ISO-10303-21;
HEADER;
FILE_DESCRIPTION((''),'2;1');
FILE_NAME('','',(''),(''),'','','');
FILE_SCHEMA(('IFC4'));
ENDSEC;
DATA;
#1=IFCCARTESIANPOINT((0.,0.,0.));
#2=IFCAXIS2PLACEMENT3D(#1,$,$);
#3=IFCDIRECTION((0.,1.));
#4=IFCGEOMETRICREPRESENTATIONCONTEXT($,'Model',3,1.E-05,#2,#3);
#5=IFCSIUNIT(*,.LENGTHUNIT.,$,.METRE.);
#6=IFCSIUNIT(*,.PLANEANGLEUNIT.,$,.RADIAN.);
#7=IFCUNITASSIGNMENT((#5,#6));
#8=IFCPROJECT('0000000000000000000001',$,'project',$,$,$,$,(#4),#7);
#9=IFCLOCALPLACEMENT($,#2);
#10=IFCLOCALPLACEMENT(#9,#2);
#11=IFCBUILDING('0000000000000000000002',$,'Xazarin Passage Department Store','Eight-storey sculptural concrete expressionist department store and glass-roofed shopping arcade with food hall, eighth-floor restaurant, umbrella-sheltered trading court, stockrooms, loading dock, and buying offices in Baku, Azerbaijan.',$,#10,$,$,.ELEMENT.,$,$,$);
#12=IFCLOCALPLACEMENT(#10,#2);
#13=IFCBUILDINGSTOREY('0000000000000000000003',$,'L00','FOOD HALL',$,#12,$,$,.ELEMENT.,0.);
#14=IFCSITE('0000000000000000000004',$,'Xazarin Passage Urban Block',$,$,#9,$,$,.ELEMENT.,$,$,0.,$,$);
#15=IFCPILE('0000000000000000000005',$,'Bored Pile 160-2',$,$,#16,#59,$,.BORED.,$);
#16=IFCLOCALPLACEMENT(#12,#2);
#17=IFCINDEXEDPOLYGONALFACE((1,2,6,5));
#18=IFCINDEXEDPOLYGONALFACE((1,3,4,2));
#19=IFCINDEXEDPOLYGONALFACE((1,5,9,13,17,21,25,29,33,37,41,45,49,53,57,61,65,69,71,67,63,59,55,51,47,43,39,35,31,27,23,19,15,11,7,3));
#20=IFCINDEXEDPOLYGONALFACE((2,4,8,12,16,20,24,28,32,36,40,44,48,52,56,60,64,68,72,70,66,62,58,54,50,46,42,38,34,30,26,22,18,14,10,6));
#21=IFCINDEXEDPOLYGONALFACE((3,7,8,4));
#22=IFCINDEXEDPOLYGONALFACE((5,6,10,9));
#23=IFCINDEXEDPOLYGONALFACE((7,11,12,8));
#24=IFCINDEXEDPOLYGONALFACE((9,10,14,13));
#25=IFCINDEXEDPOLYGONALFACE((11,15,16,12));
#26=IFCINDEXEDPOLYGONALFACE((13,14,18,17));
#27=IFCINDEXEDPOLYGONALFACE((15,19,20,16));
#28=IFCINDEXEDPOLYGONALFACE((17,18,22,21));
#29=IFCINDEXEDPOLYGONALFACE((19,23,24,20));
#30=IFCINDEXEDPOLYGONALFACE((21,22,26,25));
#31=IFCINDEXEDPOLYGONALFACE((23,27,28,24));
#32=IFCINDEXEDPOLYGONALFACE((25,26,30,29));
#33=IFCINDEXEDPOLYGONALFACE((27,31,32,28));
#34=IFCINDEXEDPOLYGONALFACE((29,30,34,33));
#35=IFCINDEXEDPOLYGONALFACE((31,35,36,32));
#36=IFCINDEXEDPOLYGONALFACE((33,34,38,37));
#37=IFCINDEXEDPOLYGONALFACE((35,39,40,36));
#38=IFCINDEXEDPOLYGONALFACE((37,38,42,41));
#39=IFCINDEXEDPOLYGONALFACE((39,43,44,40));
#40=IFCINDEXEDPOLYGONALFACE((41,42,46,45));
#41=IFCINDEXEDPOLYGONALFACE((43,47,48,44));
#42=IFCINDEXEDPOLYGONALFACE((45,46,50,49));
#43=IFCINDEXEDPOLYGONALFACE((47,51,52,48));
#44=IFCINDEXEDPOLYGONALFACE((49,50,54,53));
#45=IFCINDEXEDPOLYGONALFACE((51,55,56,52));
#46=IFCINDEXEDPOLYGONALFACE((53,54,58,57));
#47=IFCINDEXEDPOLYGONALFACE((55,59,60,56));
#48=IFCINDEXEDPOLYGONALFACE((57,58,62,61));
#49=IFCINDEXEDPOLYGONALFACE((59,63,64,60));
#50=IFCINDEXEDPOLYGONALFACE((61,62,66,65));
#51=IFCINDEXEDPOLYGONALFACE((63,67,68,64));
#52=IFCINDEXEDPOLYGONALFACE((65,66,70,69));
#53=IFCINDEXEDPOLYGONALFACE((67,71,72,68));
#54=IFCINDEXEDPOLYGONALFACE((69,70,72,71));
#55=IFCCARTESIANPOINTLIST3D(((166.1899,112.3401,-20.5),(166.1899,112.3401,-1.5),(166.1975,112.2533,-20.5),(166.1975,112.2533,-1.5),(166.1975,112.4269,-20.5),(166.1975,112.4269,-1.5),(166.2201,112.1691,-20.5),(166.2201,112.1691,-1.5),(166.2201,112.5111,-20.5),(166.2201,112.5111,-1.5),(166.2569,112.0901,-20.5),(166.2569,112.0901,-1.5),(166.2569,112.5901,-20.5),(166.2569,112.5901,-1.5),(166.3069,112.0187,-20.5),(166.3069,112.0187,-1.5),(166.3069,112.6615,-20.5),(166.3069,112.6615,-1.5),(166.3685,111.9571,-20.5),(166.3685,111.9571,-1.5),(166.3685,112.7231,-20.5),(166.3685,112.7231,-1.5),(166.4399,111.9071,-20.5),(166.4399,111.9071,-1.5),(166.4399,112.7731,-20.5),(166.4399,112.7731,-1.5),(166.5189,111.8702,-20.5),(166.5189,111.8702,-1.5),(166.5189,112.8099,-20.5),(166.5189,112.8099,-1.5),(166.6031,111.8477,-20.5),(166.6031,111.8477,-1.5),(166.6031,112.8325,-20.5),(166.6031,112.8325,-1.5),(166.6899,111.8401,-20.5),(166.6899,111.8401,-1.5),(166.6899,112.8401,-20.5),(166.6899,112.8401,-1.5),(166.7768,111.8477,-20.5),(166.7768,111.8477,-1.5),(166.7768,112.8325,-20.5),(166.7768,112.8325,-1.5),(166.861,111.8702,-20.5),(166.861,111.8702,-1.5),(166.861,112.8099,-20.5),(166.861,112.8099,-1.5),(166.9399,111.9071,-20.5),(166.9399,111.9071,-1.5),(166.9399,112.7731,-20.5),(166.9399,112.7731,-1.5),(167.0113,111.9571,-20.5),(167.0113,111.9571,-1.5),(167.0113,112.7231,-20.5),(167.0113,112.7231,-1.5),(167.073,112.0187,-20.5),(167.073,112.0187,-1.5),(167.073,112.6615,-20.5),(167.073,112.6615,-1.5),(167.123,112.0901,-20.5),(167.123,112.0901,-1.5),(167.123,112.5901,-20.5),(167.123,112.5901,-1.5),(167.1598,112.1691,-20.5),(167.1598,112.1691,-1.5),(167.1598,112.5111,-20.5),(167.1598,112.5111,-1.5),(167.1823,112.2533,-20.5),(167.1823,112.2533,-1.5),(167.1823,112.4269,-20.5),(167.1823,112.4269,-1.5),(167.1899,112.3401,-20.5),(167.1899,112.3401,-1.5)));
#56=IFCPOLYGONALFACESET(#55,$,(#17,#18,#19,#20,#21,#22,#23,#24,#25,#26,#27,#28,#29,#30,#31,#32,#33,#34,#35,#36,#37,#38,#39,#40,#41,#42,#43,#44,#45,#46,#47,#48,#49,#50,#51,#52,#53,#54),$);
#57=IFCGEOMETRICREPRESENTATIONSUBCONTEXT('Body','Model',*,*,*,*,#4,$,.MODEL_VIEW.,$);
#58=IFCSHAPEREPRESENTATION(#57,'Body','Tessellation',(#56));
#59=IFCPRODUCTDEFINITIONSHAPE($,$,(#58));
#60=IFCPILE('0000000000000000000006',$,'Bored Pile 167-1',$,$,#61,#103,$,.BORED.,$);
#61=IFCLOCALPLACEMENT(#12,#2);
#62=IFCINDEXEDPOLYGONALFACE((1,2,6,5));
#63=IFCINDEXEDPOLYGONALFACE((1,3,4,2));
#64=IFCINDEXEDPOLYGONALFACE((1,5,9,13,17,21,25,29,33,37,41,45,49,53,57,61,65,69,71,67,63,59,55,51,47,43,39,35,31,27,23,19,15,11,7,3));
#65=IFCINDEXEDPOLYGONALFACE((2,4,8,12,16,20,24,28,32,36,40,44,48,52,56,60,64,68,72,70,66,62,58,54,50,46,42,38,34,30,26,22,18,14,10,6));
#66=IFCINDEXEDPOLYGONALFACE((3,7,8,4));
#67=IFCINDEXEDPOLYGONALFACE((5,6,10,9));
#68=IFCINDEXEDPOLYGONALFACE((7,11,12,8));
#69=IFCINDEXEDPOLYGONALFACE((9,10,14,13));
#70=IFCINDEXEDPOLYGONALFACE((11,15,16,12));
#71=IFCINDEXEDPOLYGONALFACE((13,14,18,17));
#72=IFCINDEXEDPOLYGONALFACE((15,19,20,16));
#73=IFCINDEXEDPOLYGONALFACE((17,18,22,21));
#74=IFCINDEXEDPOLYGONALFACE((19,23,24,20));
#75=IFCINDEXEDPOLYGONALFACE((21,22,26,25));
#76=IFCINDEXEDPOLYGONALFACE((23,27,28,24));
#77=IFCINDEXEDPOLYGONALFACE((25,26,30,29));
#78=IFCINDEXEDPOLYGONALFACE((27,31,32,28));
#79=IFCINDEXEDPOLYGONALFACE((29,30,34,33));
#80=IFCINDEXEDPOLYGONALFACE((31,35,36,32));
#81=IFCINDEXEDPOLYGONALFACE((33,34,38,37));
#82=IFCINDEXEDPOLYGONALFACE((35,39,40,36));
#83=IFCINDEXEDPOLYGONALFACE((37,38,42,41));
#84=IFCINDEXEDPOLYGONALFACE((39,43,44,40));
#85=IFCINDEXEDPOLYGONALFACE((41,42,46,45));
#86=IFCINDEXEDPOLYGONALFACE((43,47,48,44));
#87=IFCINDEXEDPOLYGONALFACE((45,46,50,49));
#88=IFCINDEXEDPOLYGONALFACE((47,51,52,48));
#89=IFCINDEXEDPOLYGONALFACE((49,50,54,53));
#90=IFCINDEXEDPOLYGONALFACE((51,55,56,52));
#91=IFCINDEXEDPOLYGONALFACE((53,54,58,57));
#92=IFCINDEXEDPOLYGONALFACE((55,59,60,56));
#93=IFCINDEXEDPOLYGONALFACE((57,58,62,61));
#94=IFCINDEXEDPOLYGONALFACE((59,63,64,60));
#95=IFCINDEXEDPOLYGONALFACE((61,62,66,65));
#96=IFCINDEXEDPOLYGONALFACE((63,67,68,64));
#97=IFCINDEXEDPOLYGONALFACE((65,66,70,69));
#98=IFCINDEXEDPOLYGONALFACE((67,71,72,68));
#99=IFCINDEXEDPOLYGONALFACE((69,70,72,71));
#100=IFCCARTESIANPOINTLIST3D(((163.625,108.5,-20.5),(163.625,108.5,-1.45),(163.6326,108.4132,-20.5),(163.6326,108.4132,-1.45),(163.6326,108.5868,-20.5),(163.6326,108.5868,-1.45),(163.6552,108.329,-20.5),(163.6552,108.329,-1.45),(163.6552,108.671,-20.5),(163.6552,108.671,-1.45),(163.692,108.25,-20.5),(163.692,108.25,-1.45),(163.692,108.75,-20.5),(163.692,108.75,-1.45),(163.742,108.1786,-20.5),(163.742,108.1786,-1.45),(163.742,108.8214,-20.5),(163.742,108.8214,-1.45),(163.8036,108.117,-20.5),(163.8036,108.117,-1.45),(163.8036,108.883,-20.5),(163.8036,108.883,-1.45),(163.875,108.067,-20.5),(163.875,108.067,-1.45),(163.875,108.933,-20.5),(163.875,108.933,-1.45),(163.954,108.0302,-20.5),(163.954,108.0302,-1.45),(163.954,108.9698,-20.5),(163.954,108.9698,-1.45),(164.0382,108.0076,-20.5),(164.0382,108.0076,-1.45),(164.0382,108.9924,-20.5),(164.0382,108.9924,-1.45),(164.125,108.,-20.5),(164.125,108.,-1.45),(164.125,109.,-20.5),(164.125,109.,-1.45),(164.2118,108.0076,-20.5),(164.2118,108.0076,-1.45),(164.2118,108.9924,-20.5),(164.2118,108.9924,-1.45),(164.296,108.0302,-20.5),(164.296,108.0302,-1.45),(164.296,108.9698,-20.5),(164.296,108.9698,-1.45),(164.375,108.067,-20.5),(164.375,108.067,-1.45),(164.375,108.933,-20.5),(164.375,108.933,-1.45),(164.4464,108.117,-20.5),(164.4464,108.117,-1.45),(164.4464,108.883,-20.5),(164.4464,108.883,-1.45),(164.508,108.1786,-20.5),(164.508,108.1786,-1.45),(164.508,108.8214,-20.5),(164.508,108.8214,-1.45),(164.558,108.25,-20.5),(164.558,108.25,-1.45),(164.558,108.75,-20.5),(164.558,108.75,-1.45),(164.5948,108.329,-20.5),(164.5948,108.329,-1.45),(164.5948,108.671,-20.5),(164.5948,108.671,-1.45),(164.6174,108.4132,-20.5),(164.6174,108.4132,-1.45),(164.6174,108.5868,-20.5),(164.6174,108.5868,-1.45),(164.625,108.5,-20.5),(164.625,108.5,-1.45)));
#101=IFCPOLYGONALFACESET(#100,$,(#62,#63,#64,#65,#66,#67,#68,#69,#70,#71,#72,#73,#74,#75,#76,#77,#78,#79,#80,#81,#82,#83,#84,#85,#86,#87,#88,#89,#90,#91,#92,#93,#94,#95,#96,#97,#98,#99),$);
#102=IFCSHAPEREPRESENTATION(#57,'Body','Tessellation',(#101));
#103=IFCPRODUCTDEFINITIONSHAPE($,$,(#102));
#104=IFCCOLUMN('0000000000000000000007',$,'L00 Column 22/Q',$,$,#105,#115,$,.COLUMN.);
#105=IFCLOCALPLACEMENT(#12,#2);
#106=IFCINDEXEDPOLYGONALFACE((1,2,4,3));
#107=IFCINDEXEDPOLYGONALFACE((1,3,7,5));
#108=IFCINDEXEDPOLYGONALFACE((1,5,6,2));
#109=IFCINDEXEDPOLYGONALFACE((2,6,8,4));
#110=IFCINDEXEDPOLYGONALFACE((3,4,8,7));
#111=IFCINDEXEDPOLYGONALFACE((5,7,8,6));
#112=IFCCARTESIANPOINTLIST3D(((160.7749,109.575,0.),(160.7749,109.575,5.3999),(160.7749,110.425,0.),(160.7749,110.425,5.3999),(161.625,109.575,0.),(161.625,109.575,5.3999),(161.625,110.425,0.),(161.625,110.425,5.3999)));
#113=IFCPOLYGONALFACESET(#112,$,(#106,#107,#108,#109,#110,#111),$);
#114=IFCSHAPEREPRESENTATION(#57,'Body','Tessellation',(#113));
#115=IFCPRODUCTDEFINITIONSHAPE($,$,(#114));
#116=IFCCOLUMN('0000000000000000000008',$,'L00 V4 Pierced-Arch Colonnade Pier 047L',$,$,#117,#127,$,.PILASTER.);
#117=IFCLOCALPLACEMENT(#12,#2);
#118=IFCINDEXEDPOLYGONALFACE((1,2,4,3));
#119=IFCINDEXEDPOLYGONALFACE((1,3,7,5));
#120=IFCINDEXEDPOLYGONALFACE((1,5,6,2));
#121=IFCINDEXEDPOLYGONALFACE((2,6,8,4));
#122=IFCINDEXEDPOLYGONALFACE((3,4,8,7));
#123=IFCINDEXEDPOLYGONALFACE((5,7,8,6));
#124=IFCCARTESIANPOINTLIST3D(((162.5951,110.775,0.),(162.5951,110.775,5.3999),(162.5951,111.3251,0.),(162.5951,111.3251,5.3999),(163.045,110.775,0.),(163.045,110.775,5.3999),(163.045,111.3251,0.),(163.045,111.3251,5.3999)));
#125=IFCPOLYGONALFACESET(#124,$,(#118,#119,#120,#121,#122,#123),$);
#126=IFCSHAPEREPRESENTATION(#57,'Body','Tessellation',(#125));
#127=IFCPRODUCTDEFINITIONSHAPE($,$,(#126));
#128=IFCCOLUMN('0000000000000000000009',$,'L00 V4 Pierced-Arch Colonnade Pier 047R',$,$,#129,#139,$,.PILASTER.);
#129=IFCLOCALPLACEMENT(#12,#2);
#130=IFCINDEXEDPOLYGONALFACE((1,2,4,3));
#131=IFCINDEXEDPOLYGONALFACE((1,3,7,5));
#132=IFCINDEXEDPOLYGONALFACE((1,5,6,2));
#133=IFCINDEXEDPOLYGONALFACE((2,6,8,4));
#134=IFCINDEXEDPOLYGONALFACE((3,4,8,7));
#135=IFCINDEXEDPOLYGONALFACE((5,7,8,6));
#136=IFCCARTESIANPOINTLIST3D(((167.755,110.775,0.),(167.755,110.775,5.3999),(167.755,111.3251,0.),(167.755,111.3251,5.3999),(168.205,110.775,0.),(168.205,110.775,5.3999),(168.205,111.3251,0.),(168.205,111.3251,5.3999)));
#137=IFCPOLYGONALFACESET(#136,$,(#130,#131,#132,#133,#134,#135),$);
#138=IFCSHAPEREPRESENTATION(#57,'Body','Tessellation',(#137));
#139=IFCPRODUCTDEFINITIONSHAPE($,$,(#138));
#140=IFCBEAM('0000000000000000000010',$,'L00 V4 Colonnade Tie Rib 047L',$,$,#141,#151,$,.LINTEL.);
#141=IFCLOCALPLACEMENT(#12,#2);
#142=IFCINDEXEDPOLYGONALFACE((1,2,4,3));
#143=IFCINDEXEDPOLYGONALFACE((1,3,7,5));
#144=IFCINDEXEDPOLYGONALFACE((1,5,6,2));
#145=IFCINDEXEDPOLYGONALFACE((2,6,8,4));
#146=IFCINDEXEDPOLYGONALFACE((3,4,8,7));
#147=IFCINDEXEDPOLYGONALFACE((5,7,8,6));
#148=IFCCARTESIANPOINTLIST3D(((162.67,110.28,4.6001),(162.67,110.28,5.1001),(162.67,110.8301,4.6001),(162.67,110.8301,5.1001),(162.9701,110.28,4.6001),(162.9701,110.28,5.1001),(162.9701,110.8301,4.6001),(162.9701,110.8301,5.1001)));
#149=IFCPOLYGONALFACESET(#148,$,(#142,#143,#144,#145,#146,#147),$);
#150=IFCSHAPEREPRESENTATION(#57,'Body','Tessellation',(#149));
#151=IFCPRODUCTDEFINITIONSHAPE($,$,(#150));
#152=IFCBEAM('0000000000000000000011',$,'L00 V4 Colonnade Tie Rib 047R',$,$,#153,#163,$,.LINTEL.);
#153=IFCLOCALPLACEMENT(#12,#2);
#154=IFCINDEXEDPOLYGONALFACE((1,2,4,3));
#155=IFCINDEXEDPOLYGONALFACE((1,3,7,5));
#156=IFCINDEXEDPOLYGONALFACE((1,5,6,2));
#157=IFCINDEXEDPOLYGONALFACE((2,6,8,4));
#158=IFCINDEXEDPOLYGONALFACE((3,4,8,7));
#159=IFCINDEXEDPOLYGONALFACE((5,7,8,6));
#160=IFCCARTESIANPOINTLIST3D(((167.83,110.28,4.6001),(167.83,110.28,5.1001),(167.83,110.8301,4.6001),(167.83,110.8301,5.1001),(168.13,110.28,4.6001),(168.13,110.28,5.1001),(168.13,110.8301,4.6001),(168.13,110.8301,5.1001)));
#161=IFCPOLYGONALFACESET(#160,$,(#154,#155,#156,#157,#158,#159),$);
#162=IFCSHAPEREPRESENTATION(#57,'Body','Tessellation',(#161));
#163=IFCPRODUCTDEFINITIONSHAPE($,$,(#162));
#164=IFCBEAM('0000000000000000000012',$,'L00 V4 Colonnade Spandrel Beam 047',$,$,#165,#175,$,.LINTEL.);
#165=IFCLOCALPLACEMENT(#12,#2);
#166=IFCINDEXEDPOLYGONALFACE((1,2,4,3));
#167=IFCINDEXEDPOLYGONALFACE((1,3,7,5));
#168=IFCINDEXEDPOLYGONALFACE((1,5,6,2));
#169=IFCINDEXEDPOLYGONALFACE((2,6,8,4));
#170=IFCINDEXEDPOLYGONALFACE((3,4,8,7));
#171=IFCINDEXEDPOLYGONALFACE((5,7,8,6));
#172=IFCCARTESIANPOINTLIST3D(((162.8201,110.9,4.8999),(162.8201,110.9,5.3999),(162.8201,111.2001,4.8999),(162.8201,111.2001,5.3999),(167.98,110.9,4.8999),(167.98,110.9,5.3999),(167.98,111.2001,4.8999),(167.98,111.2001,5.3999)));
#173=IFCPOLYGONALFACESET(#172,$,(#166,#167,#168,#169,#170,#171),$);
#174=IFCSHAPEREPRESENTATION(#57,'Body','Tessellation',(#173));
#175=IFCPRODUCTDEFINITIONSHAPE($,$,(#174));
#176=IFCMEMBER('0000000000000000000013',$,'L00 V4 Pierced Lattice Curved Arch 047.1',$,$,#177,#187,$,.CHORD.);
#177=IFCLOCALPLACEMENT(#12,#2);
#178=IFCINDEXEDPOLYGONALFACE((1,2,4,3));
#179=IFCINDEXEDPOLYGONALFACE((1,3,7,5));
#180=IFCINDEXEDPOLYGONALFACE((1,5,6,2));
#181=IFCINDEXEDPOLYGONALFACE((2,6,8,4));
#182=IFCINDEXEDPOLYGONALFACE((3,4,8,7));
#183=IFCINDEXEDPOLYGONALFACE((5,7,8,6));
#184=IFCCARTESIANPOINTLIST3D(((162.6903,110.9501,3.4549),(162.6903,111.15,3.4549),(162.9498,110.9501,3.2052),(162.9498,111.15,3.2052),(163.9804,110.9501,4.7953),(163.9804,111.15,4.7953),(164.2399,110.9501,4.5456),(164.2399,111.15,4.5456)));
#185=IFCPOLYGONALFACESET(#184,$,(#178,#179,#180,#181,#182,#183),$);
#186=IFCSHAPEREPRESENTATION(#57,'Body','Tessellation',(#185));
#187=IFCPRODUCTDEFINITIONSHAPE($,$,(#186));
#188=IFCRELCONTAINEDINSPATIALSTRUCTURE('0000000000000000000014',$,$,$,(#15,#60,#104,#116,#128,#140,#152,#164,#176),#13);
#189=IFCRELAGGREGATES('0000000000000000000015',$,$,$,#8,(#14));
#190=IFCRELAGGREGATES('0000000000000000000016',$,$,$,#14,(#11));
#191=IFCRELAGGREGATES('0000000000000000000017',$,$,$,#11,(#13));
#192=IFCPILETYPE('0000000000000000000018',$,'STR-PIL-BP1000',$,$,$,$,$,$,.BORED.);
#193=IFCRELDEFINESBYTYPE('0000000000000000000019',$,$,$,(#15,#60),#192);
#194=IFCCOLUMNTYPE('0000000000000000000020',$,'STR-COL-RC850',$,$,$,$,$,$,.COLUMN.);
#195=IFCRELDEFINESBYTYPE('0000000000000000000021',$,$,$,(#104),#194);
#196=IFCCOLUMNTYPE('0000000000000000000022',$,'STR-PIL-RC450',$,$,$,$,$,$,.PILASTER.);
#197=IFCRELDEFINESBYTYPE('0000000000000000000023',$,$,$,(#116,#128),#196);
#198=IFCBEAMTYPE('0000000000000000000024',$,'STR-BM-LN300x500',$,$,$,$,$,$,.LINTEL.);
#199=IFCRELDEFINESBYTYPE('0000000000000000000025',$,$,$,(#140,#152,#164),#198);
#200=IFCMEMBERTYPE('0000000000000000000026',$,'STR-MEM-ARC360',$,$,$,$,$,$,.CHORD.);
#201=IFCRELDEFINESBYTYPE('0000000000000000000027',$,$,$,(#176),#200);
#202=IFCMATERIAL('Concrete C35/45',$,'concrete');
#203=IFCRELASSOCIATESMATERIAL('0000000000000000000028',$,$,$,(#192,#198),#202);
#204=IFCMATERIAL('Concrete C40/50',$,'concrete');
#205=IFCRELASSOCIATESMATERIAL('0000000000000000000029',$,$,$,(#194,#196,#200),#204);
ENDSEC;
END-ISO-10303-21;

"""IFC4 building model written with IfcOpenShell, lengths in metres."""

from ifc_helpers import new_model, si_unit, direction, frame, origin, origin_2d, place, context, subcontext, project, spatial, rectangle, circle, extrude, material, material_profile, profile_set, type_object, element, save


model = new_model("IFC4")

# Units and contexts
model_context = context("Model", 3, precision=1e-05, world=origin(), true_north=direction((0.0, 1.0)))
body_context = subcontext(model_context, "Body", "Model", "MODEL_VIEW")
ifc_project = project(units=[si_unit("LENGTHUNIT", "METRE"), si_unit("PLANEANGLEUNIT", "RADIAN")], contexts=[model_context])

# Site, building, storey
site_placement = place(None, origin())
site = spatial("IfcSite", under=ifc_project, at=site_placement, Name="Xazarin Passage Urban Block", CompositionType="ELEMENT", RefElevation=0.0)
building_placement = place(site_placement, origin())
building = spatial("IfcBuilding", under=site, at=building_placement, Name="Xazarin Passage Department Store", Description="Eight-storey sculptural concrete expressionist department store and glass-roofed shopping arcade with food hall, eighth-floor restaurant, umbrella-sheltered trading court, stockrooms, loading dock, and buying offices in Baku, Azerbaijan.", CompositionType="ELEMENT")
storey_placement = place(building_placement, origin())
storey = spatial("IfcBuildingStorey", under=building, at=storey_placement, Name="L00", Description="FOOD HALL", CompositionType="ELEMENT", Elevation=0.0)

# Shared definitions
ifc_material_1 = material(Name="Concrete C35/45", Category="concrete")

# Piles
ifc_material_profile_1 = material_profile(ifc_material_1, circle(Radius=0.5, at=origin_2d()), Name="BP 1000")
ifc_profile_set_1 = profile_set([ifc_material_profile_1], Name="Concrete C35/45")
pile_type = type_object("IfcPileType", Name="STR-PIL-BP1000", PredefinedType="BORED", material=ifc_profile_set_1)
for number, where, z_axis, x_axis, name in (
    (1, (166.6899, 112.3401, -1.5), (0.0, 0.0, -1.0), (1.0, 0.0, 0.0), "Bored Pile 160-2"),
):
    element("IfcPile", number, at=place(storey_placement, frame(where, z_axis=z_axis, x_axis=x_axis)), inside=storey, type_object=pile_type, Name=name, PredefinedType="BORED", context=body_context, shape_type="SweptSolid", body=[
        extrude(circle(Radius=0.5, at=origin_2d()), origin(), (0.0, 0.0, 1.0), 19.0),
    ])
pile_1_placement = place(storey_placement, frame((164.125, 108.5, -1.45), z_axis=(0.0, 0.0, -1.0), x_axis=(1.0, 0.0, 0.0)))
element("IfcPile", 2, at=pile_1_placement, inside=storey, type_object=pile_type, Name="Bored Pile 167-1", PredefinedType="BORED", context=body_context, shape_type="SweptSolid", body=[
    extrude(circle(Radius=0.5, at=origin_2d()), origin(), (0.0, 0.0, 1.0), 19.05),
])

# Columns
ifc_material_2 = material(Name="Concrete C40/50", Category="concrete")
ifc_material_profile_2 = material_profile(ifc_material_2, rectangle(XDim=0.8501, YDim=0.8501, at=origin_2d()), Name="RC 850x850")
ifc_profile_set_2 = profile_set([ifc_material_profile_2], Name="Concrete C40/50")
column_type_1 = type_object("IfcColumnType", Name="STR-COL-RC850", PredefinedType="COLUMN", material=ifc_profile_set_2)
column_placement = place(storey_placement, frame((161.2, 110.0, 0.0), z_axis=(0.0, 0.0, 1.0), x_axis=(1.0, 0.0, 0.0)))
element("IfcColumn", 3, at=column_placement, inside=storey, type_object=column_type_1, Name="L00 Column 22/Q", PredefinedType="COLUMN", context=body_context, shape_type="SweptSolid", body=[
    extrude(rectangle(XDim=0.8501, YDim=0.8501, at=origin_2d()), origin(), (0.0, 0.0, 1.0), 5.3999),
])
ifc_material_profile_3 = material_profile(ifc_material_2, rectangle(XDim=0.45, YDim=0.55, at=origin_2d()), Name="RC 450x550")
ifc_profile_set_3 = profile_set([ifc_material_profile_3], Name="Concrete C40/50")
column_type_2 = type_object("IfcColumnType", Name="STR-PIL-RC450", PredefinedType="PILASTER", material=ifc_profile_set_3)
for number, where, z_axis, x_axis, name in (
    (4, (162.8201, 111.05, 0.0), (0.0, 0.0, 1.0), (1.0, 0.0, 0.0), "L00 V4 Pierced-Arch Colonnade Pier 047L"),
    (5, (167.98, 111.05, 0.0), (0.0, 0.0, 1.0), (1.0, 0.0, 0.0), "L00 V4 Pierced-Arch Colonnade Pier 047R"),
):
    element("IfcColumn", number, at=place(storey_placement, frame(where, z_axis=z_axis, x_axis=x_axis)), inside=storey, type_object=column_type_2, Name=name, PredefinedType="PILASTER", context=body_context, shape_type="SweptSolid", body=[
        extrude(rectangle(XDim=0.45, YDim=0.55, at=origin_2d()), origin(), (0.0, 0.0, 1.0), 5.3999),
    ])

# Beams
ifc_material_profile_4 = material_profile(ifc_material_1, rectangle(XDim=0.3, YDim=0.5, at=origin_2d()), Name="RC 300x500")
ifc_profile_set_4 = profile_set([ifc_material_profile_4], Name="Concrete C35/45")
beam_type = type_object("IfcBeamType", Name="STR-BM-LN300x500", PredefinedType="LINTEL", material=ifc_profile_set_4)
for number, where, z_axis, x_axis, name in (
    (6, (162.8201, 110.28, 4.8501), (0.0, 1.0, 0.0), (-1.0, 0.0, 0.0), "L00 V4 Colonnade Tie Rib 047L"),
    (7, (167.98, 110.28, 4.8501), (0.0, 1.0, 0.0), (-1.0, 0.0, 0.0), "L00 V4 Colonnade Tie Rib 047R"),
):
    element("IfcBeam", number, at=place(storey_placement, frame(where, z_axis=z_axis, x_axis=x_axis)), inside=storey, type_object=beam_type, Name=name, PredefinedType="LINTEL", context=body_context, shape_type="SweptSolid", body=[
        extrude(rectangle(XDim=0.3, YDim=0.5, at=origin_2d()), origin(), (0.0, 0.0, 1.0), 0.55),
    ])
beam_placement = place(storey_placement, frame((162.8201, 111.05, 5.1499), z_axis=(1.0, 0.0, 0.0), x_axis=(0.0, 1.0, 0.0)))
element("IfcBeam", 8, at=beam_placement, inside=storey, type_object=beam_type, Name="L00 V4 Colonnade Spandrel Beam 047", PredefinedType="LINTEL", context=body_context, shape_type="SweptSolid", body=[
    extrude(rectangle(XDim=0.3, YDim=0.5, at=origin_2d()), origin(), (0.0, 0.0, 1.0), 5.1599),
])

# Member
ifc_material_profile_5 = material_profile(ifc_material_2, rectangle(XDim=0.2, YDim=0.3601, at=origin_2d()), Name="RC 200x360")
ifc_profile_set_5 = profile_set([ifc_material_profile_5], Name="Concrete C40/50")
member_type = type_object("IfcMemberType", Name="STR-MEM-ARC360", PredefinedType="CHORD", material=ifc_profile_set_5)
member_1_placement = place(storey_placement, frame((162.8201, 111.05, 3.3301), z_axis=(0.69346, 0.0, 0.720495), x_axis=(0.0, 1.0, 0.0)))
element("IfcMember", 9, at=member_1_placement, inside=storey, type_object=member_type, Name="L00 V4 Pierced Lattice Curved Arch 047.1", PredefinedType="CHORD", context=body_context, shape_type="SweptSolid", body=[
    extrude(rectangle(XDim=0.2, YDim=0.3601, at=origin_2d()), origin(), (0.0, 0.0, 1.0), 1.8604),
])

save(model, "model.ifc")
